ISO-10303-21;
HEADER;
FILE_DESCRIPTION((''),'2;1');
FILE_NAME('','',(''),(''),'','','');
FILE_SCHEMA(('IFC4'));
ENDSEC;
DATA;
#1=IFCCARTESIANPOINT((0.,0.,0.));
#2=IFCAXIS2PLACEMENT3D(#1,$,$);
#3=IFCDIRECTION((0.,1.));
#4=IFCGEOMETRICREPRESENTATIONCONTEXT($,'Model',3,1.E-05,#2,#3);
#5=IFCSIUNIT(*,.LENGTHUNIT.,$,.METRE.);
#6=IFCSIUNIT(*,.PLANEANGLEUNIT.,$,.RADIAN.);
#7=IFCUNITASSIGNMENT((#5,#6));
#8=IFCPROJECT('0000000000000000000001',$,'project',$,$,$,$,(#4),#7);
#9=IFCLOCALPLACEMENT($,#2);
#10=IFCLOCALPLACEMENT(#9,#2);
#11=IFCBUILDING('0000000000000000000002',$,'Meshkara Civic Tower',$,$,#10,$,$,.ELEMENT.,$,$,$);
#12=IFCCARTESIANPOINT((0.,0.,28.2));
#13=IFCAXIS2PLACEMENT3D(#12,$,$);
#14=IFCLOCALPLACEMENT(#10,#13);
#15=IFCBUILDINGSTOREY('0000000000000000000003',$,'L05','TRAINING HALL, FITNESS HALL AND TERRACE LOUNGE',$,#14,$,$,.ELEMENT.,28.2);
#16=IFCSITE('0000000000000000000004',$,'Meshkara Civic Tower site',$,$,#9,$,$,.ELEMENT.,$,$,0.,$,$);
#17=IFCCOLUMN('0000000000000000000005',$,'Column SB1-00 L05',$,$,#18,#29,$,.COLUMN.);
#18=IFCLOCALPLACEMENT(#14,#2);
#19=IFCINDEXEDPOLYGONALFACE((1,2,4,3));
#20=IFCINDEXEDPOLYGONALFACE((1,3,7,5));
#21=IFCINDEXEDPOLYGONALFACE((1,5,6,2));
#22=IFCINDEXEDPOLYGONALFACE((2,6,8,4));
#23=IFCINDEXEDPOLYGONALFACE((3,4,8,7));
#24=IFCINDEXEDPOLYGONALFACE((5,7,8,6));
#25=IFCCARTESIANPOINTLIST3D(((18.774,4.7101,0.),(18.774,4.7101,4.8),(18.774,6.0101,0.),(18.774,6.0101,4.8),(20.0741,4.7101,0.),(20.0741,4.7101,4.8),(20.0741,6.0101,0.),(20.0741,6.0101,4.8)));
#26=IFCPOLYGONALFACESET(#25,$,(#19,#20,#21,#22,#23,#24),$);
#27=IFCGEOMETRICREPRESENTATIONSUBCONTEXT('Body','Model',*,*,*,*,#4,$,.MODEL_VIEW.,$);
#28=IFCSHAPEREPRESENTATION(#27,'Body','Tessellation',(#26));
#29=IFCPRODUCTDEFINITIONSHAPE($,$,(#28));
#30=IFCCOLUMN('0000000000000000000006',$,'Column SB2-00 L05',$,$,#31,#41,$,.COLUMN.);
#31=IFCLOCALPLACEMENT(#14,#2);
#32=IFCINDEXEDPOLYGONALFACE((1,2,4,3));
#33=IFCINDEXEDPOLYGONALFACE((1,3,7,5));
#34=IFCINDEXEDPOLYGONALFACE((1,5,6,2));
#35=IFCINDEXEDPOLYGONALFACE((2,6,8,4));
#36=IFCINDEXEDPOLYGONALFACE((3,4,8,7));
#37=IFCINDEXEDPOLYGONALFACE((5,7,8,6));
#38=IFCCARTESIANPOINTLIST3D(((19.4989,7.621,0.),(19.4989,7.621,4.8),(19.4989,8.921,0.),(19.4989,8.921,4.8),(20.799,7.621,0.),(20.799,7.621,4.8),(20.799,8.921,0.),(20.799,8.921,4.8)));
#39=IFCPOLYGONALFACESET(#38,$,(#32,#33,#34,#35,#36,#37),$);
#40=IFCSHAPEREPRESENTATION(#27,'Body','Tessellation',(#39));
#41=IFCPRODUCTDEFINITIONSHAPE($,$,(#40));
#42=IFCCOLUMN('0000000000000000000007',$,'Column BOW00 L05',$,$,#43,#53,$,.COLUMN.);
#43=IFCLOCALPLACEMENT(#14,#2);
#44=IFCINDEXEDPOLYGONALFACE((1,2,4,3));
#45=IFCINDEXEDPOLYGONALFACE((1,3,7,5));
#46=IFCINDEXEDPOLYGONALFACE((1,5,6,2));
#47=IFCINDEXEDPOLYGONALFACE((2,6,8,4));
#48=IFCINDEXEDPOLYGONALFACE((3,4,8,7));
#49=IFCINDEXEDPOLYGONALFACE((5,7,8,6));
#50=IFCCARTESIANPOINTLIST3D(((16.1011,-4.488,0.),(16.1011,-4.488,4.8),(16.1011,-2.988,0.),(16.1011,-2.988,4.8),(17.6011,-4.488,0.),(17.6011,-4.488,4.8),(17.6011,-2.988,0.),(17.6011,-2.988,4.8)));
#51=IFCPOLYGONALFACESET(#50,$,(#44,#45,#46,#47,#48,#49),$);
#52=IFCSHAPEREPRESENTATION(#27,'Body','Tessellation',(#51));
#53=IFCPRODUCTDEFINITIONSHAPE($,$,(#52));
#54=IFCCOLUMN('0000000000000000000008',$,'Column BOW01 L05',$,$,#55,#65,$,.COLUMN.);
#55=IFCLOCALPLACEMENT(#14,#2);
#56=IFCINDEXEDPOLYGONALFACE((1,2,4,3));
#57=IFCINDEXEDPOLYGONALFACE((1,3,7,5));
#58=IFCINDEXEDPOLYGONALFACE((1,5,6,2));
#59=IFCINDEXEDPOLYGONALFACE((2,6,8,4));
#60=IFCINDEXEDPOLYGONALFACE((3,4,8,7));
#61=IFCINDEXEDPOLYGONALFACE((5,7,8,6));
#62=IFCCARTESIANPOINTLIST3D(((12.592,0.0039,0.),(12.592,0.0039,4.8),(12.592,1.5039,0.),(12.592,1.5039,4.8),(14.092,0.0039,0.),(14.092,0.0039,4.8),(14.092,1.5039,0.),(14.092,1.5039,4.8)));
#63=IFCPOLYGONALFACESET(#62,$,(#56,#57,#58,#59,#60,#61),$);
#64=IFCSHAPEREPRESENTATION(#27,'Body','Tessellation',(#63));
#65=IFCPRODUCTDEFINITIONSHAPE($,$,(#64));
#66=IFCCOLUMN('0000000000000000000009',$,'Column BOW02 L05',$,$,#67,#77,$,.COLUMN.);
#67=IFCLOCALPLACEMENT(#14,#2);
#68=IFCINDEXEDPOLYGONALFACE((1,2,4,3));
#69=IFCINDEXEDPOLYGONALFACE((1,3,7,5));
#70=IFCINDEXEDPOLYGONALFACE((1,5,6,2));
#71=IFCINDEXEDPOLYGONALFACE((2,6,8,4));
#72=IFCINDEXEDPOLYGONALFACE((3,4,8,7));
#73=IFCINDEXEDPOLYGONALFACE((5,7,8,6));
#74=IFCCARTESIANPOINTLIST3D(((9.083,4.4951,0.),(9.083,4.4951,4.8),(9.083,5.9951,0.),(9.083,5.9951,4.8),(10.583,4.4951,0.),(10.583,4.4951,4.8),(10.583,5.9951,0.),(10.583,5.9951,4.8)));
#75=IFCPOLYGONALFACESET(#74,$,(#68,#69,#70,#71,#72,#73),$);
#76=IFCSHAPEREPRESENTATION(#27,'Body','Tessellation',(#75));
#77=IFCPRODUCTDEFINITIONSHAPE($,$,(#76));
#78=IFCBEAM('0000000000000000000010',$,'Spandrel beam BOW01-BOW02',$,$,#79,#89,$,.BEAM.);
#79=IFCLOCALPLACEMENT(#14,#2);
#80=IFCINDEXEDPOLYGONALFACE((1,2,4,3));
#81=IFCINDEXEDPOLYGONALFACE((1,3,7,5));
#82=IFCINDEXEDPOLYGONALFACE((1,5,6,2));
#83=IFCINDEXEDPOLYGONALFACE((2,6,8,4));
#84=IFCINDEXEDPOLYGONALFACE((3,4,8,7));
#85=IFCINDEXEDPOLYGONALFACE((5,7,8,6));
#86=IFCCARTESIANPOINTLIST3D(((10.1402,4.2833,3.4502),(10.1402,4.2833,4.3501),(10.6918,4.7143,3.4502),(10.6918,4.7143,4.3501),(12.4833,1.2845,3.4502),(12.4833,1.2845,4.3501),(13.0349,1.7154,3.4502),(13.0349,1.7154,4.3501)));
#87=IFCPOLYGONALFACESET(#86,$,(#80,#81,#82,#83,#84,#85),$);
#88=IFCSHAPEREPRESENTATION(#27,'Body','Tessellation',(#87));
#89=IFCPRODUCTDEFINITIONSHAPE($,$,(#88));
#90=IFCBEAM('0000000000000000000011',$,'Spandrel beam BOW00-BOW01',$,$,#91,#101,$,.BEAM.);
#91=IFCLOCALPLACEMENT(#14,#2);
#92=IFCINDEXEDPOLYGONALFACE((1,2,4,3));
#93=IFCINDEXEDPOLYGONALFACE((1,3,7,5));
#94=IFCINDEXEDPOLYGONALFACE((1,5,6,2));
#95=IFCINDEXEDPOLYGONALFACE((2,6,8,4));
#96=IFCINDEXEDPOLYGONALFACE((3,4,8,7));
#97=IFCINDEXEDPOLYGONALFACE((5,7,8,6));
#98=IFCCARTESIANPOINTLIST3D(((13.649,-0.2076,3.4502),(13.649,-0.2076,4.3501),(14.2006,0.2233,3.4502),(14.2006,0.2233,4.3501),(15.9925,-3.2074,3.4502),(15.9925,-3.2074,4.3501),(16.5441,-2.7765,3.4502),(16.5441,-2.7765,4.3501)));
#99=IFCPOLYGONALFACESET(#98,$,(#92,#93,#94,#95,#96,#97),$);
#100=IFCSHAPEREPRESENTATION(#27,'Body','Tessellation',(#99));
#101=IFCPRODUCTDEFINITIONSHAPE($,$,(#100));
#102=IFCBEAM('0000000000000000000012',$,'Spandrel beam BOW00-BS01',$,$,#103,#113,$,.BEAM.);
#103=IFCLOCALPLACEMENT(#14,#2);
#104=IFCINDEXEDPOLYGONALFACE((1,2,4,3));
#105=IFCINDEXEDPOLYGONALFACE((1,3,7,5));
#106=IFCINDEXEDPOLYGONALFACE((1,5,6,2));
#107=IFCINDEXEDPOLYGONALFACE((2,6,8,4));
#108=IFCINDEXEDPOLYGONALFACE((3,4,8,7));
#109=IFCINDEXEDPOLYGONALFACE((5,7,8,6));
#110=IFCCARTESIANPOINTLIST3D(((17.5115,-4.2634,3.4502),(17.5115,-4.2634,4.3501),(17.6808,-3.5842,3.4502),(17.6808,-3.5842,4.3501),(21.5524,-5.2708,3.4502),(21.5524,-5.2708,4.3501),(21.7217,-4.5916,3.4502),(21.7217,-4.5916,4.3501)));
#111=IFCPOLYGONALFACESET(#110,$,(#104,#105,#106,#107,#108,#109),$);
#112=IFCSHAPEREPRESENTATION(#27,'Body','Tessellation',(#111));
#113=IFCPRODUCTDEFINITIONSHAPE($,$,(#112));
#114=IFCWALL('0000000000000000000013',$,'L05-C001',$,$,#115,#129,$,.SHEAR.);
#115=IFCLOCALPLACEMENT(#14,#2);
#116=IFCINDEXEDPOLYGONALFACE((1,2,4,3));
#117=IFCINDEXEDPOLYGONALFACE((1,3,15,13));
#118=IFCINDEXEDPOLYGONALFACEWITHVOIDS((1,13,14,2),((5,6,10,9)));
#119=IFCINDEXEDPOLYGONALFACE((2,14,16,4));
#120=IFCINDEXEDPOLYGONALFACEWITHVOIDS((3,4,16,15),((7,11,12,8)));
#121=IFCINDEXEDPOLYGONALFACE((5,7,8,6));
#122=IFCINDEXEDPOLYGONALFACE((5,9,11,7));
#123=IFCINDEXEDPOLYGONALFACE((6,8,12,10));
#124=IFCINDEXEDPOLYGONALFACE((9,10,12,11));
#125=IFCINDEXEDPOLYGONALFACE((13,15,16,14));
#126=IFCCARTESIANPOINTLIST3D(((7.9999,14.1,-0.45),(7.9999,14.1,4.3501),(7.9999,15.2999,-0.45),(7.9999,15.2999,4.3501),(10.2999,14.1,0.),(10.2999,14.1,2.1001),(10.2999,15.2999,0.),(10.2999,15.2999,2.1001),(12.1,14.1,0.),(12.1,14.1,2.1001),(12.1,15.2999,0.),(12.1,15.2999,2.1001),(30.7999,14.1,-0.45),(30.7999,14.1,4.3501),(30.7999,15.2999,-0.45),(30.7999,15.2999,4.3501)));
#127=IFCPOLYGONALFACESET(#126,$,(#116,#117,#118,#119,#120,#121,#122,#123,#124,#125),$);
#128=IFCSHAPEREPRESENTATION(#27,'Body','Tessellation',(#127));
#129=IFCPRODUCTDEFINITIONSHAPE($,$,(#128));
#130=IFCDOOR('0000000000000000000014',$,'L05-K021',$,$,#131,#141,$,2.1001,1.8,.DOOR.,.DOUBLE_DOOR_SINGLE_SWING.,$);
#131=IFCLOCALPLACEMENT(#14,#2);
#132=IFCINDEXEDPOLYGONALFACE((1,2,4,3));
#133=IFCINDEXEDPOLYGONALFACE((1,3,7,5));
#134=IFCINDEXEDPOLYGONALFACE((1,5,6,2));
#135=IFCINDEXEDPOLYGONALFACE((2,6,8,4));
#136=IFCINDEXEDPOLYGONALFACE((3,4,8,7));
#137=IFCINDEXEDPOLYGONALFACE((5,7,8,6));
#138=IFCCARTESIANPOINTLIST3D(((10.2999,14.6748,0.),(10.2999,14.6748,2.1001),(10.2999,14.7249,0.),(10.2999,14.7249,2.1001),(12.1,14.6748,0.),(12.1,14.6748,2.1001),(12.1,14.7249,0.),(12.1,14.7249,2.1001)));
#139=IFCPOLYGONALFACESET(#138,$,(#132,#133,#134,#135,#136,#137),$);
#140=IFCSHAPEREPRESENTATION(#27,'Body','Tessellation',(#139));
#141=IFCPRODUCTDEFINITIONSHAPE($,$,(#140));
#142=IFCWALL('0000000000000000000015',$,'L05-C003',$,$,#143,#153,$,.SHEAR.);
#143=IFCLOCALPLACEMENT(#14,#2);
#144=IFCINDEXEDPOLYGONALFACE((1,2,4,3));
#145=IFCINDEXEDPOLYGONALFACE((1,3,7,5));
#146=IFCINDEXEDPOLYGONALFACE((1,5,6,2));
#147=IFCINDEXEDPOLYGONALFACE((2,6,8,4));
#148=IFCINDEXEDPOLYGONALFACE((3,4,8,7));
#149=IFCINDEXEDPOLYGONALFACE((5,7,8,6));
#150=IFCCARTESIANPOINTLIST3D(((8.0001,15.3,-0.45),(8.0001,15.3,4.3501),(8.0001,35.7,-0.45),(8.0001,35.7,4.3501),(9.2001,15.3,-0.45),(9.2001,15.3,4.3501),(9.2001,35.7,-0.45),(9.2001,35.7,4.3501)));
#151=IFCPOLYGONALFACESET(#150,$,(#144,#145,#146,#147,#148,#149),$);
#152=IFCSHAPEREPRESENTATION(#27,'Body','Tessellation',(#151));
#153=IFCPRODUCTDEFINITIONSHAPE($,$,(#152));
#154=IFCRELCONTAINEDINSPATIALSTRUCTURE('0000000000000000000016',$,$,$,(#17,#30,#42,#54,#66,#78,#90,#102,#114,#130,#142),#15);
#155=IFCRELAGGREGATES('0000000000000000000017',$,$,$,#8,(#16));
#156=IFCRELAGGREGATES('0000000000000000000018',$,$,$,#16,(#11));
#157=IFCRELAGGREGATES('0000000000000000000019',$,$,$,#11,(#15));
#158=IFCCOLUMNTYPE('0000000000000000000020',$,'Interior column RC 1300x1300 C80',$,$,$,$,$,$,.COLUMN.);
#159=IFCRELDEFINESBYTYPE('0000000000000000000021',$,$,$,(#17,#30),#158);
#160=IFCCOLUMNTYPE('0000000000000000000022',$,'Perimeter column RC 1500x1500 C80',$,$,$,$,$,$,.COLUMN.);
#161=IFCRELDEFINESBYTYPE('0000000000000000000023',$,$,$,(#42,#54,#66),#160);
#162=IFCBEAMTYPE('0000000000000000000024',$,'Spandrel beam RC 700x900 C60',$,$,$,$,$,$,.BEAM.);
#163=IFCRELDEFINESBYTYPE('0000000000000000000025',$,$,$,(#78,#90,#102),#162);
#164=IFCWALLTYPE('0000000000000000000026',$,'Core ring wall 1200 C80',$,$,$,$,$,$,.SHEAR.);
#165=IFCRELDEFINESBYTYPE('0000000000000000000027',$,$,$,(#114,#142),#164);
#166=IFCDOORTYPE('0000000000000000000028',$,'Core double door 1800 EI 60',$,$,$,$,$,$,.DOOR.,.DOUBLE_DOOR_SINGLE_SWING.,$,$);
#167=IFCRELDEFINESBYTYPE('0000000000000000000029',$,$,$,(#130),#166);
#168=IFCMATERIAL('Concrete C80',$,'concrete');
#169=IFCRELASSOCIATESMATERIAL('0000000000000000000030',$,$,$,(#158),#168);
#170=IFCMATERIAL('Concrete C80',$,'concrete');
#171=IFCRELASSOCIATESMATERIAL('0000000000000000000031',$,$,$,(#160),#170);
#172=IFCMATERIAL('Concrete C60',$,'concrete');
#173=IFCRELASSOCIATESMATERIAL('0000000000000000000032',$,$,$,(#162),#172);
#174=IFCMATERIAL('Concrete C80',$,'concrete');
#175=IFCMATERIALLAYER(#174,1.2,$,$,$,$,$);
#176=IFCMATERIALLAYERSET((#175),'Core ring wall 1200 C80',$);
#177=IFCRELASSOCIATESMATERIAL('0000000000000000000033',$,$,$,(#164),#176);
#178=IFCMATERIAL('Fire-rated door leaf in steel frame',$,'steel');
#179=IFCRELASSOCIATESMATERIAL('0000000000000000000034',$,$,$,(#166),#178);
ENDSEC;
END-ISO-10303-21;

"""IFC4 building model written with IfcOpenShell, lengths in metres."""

from ifc_helpers import new_model, si_unit, direction, frame, frame_2d, origin, origin_2d, place, context, subcontext, project, spatial, rectangle, extrude, material, layer, layer_set, material_profile, profile_set, type_object, element, fill, save


model = new_model("IFC4")

# Units and contexts
model_context = context("Model", 3, precision=1e-05, world=origin(), true_north=direction((0.0, 1.0)))
body_context = subcontext(model_context, "Body", "Model", "MODEL_VIEW")
ifc_project = project(units=[si_unit("LENGTHUNIT", "METRE"), si_unit("PLANEANGLEUNIT", "RADIAN")], contexts=[model_context])

# Site, building, storey
site_placement = place(None, origin())
site = spatial("IfcSite", under=ifc_project, at=site_placement, Name="Meshkara Civic Tower site", CompositionType="ELEMENT", RefElevation=0.0)
building_placement = place(site_placement, origin())
building = spatial("IfcBuilding", under=site, at=building_placement, Name="Meshkara Civic Tower", CompositionType="ELEMENT")
storey_placement = place(building_placement, frame((0.0, 0.0, 28.2)))
storey = spatial("IfcBuildingStorey", under=building, at=storey_placement, Name="L05", Description="TRAINING HALL, FITNESS HALL AND TERRACE LOUNGE", CompositionType="ELEMENT", Elevation=28.2)

# Columns
ifc_material_1 = material(Name="Concrete C80", Category="concrete")
ifc_material_profile_1 = material_profile(ifc_material_1, rectangle(XDim=1.3, YDim=1.3, at=origin_2d()))
ifc_profile_set_1 = profile_set([ifc_material_profile_1], Name="Concrete C80")
column_type_1 = type_object("IfcColumnType", Name="Interior column RC 1300x1300 C80", PredefinedType="COLUMN", material=ifc_profile_set_1)
for number, where, z_axis, x_axis, name in (
    (1, (19.4241, 5.3601, 0.0), (0.0, 0.0, 1.0), (1.0, 0.0, 0.0), "Column SB1-00 L05"),
    (2, (20.1489, 8.271, 0.0), (0.0, 0.0, 1.0), (1.0, 0.0, 0.0), "Column SB2-00 L05"),
):
    element("IfcColumn", number, at=place(storey_placement, frame(where, z_axis=z_axis, x_axis=x_axis)), inside=storey, type_object=column_type_1, Name=name, PredefinedType="COLUMN", context=body_context, shape_type="SweptSolid", body=[
        extrude(rectangle(XDim=1.3, YDim=1.3, at=origin_2d()), origin(), (0.0, 0.0, 1.0), 4.8),
    ])
ifc_material_2 = material(Name="Concrete C80", Category="concrete")
ifc_material_profile_2 = material_profile(ifc_material_2, rectangle(XDim=1.5, YDim=1.5, at=origin_2d()))
ifc_profile_set_2 = profile_set([ifc_material_profile_2], Name="Concrete C80")
column_type_2 = type_object("IfcColumnType", Name="Perimeter column RC 1500x1500 C80", PredefinedType="COLUMN", material=ifc_profile_set_2)
for number, where, z_axis, x_axis, name in (
    (3, (16.8511, -3.738, 0.0), (0.0, 0.0, 1.0), (1.0, 0.0, 0.0), "Column BOW00 L05"),
    (4, (13.342, 0.7539, 0.0), (0.0, 0.0, 1.0), (1.0, 0.0, 0.0), "Column BOW01 L05"),
    (5, (9.833, 5.2451, 0.0), (0.0, 0.0, 1.0), (1.0, 0.0, 0.0), "Column BOW02 L05"),
):
    element("IfcColumn", number, at=place(storey_placement, frame(where, z_axis=z_axis, x_axis=x_axis)), inside=storey, type_object=column_type_2, Name=name, PredefinedType="COLUMN", context=body_context, shape_type="SweptSolid", body=[
        extrude(rectangle(XDim=1.5, YDim=1.5, at=origin_2d()), origin(), (0.0, 0.0, 1.0), 4.8),
    ])

# Beams
ifc_material_3 = material(Name="Concrete C60", Category="concrete")
ifc_material_profile_3 = material_profile(ifc_material_3, rectangle(XDim=0.7, YDim=0.8999, at=origin_2d()))
ifc_profile_set_3 = profile_set([ifc_material_profile_3], Name="Concrete C60")
beam_type = type_object("IfcBeamType", Name="Spandrel beam RC 700x900 C60", PredefinedType="BEAM", material=ifc_profile_set_3)
beam_1_placement = place(storey_placement, frame((10.416, 4.4988, 3.9001), z_axis=(0.61568, -0.787996, 0.0), x_axis=(0.787996, 0.61568, 0.0)))
element("IfcBeam", 6, at=beam_1_placement, inside=storey, type_object=beam_type, Name="Spandrel beam BOW01-BOW02", PredefinedType="BEAM", context=body_context, shape_type="SweptSolid", body=[
    extrude(rectangle(XDim=0.7, YDim=0.8999, at=origin_2d()), origin(), (0.0, 0.0, 1.0), 3.8057),
])
beam_2_placement = place(storey_placement, frame((13.9248, 0.0078, 3.9001), z_axis=(0.615635, -0.788031, 0.0), x_axis=(0.788031, 0.615635, 0.0)))
element("IfcBeam", 7, at=beam_2_placement, inside=storey, type_object=beam_type, Name="Spandrel beam BOW00-BOW01", PredefinedType="BEAM", context=body_context, shape_type="SweptSolid", body=[
    extrude(rectangle(XDim=0.7, YDim=0.8999, at=origin_2d()), origin(), (0.0, 0.0, 1.0), 3.8066),
])
beam_3_placement = place(storey_placement, frame((17.5962, -3.9238, 3.9001), z_axis=(0.970304, -0.241887, 0.0), x_axis=(0.241887, 0.970304, 0.0)))
element("IfcBeam", 8, at=beam_3_placement, inside=storey, type_object=beam_type, Name="Spandrel beam BOW00-BS01", PredefinedType="BEAM", context=body_context, shape_type="SweptSolid", body=[
    extrude(rectangle(XDim=0.7, YDim=0.8999, at=origin_2d()), origin(), (0.0, 0.0, 1.0), 4.1646),
])

# Wall, opening, door
ifc_material_4 = material(Name="Concrete C80", Category="concrete")
ifc_layer_1 = layer(ifc_material_4, 1.2)
ifc_layer_set_1 = layer_set([ifc_layer_1], Name="Core ring wall 1200 C80")
wall_type_1 = type_object("IfcWallType", Name="Core ring wall 1200 C80", PredefinedType="SHEAR", material=ifc_layer_set_1)
wall_1_placement = place(storey_placement, frame((8.0, 14.7, -0.45), z_axis=(0.0, 0.0, 1.0), x_axis=(1.0, 0.0, 0.0)))
wall_1 = element("IfcWall", 9, at=wall_1_placement, inside=storey, type_object=wall_type_1, Name="L05-C001", PredefinedType="SHEAR", context=body_context, shape_type="SweptSolid", body=[
    extrude(rectangle(XDim=22.8, YDim=1.2, at=frame_2d((11.3999, 0.0))), origin(), (0.0, 0.0, 1.0), 4.8),
])
opening_1_placement = place(wall_1_placement, frame((2.3, 0.0, 0.45)))
opening_1 = element("IfcOpeningElement", 10, at=opening_1_placement, cuts=wall_1, PredefinedType="OPENING", context=body_context, shape_type="SweptSolid", body=[
    extrude(rectangle(XDim=1.8, YDim=2.1001, at=frame_2d((0.8999, 1.05))), frame((0.0, 0.6099, 0.0), z_axis=(0.0, -1.0, 0.0), x_axis=(1.0, 0.0, 0.0)), (0.0, 0.0, 1.0), 1.22),
])
ifc_material_5 = material(Name="Fire-rated door leaf in steel frame", Category="steel")
door_type_1 = type_object("IfcDoorType", Name="Core double door 1800 EI 60", OperationType="DOUBLE_DOOR_SINGLE_SWING", PredefinedType="DOOR", material=ifc_material_5)
door_1_placement = place(opening_1_placement, origin())
door_1 = element("IfcDoor", 11, at=door_1_placement, inside=storey, type_object=door_type_1, Name="L05-K021", OperationType="DOUBLE_DOOR_SINGLE_SWING", OverallHeight=2.1001, OverallWidth=1.8, PredefinedType="DOOR", context=body_context, shape_type="SweptSolid", body=[
    extrude(rectangle(XDim=1.8, YDim=2.1001, at=frame_2d((0.8999, 1.05))), frame((0.0, 0.0249, 0.0), z_axis=(0.0, -1.0, 0.0), x_axis=(1.0, 0.0, 0.0)), (0.0, 0.0, 1.0), 0.05),
])
fill(opening_1, door_1)

# Wall
wall_2_placement = place(storey_placement, frame((8.6001, 15.3, -0.45), z_axis=(0.0, 0.0, 1.0), x_axis=(0.0, 1.0, 0.0)))
element("IfcWall", 12, at=wall_2_placement, inside=storey, type_object=wall_type_1, Name="L05-C003", PredefinedType="SHEAR", context=body_context, shape_type="SweptSolid", body=[
    extrude(rectangle(XDim=20.3999, YDim=1.2, at=frame_2d((10.2, 0.0))), origin(), (0.0, 0.0, 1.0), 4.8),
])

save(model, "model.ifc")
